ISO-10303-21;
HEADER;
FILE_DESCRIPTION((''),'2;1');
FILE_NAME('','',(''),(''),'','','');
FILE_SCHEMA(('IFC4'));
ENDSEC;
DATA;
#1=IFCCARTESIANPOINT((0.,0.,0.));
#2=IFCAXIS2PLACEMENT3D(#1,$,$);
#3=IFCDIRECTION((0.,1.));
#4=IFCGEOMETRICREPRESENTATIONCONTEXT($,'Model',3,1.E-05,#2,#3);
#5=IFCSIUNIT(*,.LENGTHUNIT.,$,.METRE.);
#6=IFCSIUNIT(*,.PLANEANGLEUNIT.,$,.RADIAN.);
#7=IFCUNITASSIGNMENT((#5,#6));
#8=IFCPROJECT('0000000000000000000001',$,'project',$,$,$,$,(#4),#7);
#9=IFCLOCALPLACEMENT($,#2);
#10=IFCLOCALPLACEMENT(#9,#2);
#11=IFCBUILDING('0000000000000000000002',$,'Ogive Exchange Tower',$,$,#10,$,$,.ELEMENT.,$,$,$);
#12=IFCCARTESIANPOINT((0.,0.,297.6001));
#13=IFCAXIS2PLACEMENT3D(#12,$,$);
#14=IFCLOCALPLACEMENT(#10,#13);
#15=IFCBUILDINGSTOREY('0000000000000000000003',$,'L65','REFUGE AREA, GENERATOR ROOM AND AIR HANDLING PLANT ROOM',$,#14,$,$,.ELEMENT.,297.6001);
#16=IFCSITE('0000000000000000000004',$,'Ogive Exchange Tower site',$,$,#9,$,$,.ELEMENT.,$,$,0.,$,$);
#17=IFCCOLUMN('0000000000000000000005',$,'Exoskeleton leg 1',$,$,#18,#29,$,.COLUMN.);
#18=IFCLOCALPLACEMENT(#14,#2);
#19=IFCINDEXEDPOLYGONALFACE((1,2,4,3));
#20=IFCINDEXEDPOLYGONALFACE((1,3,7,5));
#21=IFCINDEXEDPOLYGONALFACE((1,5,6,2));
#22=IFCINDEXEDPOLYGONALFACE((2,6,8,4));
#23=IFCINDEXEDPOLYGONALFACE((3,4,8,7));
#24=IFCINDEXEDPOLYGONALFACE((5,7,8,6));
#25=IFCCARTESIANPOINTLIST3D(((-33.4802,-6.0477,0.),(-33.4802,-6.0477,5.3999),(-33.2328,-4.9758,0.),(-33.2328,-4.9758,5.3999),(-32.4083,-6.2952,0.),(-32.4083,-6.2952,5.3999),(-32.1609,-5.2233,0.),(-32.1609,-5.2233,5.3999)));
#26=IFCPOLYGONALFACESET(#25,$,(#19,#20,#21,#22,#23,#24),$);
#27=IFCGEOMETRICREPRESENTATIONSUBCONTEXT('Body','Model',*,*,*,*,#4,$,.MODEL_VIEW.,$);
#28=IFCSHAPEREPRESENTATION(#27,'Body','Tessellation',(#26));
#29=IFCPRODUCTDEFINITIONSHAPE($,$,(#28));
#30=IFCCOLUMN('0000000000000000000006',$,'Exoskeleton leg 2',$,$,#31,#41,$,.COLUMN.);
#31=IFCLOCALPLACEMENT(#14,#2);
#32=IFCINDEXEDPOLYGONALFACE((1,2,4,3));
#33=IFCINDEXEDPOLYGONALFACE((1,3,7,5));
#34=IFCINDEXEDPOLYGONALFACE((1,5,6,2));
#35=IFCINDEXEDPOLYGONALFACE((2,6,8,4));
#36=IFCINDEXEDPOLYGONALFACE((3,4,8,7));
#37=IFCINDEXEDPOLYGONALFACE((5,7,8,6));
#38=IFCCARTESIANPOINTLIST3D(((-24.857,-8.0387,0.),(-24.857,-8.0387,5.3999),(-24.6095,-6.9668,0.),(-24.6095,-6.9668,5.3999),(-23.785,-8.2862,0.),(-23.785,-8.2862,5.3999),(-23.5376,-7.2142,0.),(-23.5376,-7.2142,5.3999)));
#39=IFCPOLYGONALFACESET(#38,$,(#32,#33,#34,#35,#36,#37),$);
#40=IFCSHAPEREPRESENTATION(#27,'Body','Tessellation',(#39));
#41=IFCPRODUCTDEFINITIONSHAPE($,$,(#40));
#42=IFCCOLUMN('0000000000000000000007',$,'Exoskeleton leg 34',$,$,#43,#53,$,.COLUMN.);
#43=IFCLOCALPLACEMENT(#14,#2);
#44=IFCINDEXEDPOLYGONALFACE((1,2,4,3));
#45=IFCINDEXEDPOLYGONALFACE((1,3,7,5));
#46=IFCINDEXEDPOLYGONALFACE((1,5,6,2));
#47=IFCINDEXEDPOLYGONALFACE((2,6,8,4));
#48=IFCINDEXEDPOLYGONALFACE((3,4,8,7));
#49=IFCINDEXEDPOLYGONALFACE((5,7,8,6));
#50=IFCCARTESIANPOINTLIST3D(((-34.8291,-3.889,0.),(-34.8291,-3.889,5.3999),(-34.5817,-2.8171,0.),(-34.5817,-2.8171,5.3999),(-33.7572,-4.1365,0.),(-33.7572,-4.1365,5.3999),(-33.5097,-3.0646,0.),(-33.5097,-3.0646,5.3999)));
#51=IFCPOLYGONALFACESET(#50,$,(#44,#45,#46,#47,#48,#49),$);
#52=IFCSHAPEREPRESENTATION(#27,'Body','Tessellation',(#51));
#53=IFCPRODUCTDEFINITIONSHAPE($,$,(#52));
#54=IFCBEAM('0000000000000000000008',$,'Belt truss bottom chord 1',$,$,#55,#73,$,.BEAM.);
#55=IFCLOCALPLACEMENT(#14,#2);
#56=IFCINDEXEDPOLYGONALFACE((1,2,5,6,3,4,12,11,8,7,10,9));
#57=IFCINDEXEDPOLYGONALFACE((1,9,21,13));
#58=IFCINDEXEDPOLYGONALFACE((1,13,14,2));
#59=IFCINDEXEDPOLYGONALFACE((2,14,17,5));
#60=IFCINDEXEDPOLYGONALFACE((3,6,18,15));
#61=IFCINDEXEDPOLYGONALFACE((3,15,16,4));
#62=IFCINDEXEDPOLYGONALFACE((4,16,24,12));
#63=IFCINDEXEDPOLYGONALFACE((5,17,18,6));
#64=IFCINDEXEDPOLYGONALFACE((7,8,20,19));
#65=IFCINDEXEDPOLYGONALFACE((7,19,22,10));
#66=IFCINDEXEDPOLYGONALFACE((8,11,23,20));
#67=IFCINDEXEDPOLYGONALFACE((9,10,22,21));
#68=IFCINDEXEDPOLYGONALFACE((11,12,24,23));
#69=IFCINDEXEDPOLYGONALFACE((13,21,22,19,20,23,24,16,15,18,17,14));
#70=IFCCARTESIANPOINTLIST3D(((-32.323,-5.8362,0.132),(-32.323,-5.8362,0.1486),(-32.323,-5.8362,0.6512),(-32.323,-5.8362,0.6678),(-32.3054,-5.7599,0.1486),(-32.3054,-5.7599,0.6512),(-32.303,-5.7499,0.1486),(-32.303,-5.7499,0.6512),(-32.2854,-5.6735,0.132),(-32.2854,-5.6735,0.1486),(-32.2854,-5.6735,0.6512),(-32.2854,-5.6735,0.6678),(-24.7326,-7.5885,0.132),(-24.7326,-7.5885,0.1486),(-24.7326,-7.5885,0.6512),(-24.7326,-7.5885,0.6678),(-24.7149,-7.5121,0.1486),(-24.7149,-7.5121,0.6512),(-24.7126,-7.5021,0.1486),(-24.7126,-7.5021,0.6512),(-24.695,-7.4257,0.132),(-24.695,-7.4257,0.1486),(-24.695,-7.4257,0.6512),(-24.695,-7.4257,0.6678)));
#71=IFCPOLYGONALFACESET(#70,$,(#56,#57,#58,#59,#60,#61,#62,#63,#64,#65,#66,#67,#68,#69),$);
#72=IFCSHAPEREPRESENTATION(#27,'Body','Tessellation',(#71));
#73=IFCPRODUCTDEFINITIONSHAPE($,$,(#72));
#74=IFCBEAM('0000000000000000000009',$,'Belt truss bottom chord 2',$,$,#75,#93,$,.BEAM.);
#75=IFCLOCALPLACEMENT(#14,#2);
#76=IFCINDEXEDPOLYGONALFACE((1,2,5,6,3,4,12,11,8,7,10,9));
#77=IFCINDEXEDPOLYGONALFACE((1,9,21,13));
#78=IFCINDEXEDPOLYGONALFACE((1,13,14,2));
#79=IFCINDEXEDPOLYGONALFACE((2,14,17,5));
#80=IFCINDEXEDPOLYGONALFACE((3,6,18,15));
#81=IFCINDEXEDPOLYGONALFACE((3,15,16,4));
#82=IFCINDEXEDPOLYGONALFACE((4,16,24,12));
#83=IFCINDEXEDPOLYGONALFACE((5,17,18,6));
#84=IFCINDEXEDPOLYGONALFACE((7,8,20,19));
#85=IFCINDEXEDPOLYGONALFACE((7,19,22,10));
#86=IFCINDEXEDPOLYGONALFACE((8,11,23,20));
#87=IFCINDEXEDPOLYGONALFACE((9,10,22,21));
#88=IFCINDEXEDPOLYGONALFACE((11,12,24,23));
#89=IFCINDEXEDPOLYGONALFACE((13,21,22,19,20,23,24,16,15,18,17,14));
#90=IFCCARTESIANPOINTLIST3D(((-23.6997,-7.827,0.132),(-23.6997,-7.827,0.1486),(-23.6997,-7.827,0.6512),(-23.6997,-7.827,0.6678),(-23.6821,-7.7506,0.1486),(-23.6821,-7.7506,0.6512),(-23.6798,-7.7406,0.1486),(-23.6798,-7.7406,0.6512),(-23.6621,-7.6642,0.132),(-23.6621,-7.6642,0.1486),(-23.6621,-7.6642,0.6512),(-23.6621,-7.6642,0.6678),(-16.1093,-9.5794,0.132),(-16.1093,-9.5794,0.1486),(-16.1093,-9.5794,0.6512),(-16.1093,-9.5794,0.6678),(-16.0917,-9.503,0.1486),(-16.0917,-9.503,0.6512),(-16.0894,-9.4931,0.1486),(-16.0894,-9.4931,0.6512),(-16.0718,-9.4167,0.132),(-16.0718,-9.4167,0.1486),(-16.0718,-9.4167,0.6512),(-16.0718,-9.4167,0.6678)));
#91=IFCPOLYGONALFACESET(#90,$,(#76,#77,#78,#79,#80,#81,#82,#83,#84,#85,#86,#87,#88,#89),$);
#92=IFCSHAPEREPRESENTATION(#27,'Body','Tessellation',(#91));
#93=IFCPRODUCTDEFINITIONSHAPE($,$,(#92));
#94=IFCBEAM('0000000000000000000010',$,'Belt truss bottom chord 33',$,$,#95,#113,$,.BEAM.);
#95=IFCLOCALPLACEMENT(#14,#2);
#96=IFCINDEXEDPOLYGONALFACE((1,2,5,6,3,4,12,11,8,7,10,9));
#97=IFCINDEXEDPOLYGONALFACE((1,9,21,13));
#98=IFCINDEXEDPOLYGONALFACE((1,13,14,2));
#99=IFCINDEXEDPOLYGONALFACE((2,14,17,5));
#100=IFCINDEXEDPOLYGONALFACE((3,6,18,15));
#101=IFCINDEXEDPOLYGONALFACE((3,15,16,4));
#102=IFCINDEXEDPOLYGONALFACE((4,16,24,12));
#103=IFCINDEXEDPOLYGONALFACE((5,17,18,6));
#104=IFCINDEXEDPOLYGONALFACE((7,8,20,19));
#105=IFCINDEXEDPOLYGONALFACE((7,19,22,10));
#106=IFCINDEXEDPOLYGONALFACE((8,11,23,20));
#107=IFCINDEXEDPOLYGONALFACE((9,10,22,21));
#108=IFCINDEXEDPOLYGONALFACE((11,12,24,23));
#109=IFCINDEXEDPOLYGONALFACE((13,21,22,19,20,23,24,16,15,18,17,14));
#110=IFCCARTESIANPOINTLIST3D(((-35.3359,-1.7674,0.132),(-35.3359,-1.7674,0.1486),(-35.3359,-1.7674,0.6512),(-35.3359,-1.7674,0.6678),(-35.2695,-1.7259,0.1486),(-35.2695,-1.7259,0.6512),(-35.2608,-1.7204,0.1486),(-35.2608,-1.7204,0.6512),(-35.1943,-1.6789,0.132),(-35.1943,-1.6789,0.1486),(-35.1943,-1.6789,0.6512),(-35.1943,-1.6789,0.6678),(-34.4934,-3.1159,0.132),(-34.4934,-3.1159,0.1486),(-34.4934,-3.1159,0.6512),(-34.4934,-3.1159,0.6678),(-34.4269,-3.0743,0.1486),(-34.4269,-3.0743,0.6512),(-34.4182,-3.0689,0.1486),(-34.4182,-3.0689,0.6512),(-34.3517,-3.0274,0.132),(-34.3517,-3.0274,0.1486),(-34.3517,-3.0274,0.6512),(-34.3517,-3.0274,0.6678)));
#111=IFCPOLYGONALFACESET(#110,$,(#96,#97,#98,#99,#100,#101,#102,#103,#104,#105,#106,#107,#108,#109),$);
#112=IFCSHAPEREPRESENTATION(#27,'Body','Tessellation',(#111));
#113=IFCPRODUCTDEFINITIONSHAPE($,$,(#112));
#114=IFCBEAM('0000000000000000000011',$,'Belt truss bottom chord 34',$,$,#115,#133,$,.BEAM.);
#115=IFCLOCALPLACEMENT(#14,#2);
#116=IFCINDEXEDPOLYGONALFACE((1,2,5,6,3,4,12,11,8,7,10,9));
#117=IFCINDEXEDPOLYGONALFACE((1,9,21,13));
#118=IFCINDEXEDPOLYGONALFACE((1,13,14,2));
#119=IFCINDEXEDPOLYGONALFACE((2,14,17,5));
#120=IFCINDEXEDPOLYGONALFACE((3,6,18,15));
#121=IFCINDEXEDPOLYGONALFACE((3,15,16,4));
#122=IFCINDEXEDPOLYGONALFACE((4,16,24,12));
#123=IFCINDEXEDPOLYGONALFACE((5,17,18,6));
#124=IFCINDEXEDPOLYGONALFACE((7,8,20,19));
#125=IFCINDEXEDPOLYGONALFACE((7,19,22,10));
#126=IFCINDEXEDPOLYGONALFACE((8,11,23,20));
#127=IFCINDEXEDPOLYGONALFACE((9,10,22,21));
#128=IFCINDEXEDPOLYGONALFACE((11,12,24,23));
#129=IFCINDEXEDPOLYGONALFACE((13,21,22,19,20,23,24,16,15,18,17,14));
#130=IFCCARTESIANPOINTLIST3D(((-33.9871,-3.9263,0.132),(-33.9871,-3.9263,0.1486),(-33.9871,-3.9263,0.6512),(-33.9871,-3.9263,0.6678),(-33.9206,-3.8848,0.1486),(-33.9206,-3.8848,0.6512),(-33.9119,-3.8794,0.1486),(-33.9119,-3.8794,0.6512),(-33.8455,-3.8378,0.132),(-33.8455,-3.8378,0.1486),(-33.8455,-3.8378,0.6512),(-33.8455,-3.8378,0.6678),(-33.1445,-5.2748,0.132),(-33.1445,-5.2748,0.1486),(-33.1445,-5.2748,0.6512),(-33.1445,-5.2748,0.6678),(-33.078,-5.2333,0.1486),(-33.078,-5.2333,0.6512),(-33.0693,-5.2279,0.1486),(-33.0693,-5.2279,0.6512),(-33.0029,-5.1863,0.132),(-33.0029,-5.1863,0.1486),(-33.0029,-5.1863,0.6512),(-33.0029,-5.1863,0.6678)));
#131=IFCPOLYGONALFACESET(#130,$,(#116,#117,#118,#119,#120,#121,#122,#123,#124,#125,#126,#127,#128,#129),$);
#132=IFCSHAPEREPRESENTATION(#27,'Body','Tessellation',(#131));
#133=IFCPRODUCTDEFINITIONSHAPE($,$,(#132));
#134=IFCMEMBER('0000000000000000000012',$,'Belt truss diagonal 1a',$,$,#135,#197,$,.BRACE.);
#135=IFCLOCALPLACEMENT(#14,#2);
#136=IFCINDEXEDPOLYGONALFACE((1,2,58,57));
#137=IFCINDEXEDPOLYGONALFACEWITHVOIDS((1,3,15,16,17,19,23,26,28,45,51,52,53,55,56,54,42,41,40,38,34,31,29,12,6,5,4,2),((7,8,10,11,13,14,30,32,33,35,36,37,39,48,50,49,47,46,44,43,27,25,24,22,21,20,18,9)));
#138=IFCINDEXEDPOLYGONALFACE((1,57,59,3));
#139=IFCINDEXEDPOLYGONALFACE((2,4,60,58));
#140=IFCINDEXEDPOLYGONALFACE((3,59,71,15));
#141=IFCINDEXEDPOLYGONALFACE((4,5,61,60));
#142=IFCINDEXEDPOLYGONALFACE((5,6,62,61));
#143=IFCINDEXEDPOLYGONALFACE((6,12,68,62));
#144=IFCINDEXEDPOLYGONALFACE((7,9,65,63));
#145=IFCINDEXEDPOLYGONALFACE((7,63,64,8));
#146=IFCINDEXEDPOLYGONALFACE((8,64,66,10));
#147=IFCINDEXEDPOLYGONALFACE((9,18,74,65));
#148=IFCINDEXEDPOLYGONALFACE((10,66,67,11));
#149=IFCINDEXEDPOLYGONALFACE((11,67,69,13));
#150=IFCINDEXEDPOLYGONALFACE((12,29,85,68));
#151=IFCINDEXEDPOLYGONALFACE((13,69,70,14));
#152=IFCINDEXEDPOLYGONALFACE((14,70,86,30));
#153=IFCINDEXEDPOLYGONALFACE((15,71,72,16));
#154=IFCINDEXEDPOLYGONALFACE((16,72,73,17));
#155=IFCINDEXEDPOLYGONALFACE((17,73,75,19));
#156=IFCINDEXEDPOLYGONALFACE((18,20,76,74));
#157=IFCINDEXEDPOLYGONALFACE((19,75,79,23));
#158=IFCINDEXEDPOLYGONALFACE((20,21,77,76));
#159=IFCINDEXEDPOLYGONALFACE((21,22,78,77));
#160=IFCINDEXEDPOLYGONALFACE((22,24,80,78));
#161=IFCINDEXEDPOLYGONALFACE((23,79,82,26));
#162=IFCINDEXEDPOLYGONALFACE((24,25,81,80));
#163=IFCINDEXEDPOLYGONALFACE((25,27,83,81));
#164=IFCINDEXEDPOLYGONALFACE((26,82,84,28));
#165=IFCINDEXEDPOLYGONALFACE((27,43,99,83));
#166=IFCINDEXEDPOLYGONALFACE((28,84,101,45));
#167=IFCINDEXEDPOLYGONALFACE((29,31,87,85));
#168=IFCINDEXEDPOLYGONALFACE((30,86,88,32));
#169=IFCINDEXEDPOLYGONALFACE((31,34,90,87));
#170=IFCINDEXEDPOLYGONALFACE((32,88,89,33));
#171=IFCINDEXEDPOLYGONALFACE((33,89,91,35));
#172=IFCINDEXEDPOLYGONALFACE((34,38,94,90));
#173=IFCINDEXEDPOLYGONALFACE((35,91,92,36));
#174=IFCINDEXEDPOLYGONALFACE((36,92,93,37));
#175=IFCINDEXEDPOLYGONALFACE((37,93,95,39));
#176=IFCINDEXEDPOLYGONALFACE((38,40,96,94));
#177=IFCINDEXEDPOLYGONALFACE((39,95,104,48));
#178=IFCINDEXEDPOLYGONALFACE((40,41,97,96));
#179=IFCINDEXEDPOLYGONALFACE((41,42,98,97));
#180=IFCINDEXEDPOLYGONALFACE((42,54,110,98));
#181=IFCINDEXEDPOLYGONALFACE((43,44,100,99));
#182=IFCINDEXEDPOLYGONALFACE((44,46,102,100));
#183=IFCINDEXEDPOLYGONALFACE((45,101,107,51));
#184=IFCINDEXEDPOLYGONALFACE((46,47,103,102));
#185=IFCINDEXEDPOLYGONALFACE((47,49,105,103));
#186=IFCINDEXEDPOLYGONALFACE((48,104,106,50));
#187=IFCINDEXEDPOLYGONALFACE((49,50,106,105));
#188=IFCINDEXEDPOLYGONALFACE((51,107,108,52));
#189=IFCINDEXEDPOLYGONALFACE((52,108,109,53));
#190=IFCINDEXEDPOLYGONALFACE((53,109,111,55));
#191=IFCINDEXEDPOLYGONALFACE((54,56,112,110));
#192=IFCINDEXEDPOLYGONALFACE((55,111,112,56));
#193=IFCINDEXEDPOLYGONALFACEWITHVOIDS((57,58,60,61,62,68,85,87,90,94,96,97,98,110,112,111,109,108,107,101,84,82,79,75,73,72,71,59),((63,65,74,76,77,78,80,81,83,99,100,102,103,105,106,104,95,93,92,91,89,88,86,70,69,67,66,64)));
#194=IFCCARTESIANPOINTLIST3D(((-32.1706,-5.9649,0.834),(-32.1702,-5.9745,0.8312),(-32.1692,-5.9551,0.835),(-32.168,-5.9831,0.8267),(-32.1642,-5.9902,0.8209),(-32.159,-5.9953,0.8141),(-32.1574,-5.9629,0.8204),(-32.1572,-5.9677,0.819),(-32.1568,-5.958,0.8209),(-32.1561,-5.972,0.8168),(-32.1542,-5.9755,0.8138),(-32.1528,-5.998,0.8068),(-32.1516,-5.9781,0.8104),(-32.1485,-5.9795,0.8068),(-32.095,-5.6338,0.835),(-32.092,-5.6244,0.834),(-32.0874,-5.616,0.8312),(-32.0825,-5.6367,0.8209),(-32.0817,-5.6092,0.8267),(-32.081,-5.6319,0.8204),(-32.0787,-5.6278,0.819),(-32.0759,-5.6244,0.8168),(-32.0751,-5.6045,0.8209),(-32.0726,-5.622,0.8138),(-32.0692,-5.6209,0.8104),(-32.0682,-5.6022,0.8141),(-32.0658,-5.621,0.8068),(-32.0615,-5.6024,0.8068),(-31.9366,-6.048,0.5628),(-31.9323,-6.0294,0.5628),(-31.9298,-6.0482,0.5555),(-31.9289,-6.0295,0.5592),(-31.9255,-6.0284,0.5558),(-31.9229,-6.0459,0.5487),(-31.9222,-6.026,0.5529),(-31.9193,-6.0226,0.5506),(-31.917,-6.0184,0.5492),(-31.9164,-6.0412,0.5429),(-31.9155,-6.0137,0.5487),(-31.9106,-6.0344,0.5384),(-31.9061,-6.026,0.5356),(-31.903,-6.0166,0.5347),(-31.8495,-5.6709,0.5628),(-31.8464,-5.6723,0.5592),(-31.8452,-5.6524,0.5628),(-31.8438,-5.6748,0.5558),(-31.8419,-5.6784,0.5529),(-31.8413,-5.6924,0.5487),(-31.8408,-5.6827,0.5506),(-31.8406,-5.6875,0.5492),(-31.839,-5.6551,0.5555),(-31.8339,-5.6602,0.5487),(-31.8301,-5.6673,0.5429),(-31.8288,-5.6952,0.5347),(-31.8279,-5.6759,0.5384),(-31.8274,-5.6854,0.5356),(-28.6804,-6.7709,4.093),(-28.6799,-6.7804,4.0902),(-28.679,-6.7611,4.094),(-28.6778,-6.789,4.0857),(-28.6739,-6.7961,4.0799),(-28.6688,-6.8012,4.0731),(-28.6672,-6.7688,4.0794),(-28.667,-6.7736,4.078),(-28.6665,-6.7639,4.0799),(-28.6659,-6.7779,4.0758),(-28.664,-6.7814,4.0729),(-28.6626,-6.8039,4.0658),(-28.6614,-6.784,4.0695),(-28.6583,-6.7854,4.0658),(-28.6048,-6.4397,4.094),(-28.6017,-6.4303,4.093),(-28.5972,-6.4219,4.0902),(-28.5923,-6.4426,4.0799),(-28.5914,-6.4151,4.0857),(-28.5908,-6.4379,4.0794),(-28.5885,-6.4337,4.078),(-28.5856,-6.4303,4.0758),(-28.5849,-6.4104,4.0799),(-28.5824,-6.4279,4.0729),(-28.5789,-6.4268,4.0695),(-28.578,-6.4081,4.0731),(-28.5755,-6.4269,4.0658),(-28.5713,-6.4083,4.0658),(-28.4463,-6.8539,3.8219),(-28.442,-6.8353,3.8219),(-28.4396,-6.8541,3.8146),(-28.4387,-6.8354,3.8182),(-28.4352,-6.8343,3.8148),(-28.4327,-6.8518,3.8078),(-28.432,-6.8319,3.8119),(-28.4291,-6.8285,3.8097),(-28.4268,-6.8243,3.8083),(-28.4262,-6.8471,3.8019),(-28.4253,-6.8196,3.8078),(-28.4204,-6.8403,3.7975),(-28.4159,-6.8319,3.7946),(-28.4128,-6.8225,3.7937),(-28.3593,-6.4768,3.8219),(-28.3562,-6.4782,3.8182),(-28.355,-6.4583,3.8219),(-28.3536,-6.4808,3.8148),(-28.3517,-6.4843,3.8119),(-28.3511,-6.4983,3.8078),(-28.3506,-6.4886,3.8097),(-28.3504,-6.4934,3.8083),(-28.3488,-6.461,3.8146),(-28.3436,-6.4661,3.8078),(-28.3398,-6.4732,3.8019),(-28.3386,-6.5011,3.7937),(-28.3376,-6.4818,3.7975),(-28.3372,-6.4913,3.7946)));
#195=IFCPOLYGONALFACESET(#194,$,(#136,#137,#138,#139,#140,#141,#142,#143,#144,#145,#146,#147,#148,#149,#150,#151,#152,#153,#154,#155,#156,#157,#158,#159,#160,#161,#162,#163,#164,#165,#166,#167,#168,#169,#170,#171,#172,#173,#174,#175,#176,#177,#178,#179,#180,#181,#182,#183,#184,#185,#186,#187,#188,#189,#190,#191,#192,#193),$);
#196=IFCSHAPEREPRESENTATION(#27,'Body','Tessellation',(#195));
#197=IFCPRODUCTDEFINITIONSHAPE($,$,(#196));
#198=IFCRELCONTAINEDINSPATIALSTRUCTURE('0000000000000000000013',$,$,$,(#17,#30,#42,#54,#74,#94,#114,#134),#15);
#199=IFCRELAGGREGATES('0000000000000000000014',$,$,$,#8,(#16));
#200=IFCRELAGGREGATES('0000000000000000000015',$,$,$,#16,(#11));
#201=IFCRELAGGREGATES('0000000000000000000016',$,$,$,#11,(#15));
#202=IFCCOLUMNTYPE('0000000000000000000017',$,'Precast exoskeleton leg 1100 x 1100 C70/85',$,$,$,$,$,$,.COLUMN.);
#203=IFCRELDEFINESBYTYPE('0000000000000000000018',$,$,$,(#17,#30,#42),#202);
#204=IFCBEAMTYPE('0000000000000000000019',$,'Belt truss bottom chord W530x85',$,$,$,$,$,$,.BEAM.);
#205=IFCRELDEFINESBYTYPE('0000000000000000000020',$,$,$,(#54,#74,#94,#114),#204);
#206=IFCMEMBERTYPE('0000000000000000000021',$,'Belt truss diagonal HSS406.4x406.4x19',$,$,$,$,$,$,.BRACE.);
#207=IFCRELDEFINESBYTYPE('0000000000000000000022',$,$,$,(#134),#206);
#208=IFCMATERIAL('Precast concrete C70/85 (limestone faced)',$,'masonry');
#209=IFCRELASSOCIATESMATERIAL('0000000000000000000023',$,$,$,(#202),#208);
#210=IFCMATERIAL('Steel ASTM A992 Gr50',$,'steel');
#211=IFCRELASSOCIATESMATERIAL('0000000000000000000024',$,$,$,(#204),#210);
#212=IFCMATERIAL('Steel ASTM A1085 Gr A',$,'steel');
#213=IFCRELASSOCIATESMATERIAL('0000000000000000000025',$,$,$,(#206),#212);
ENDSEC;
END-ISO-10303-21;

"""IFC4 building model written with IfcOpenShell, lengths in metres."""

from ifc_helpers import new_model, si_unit, direction, frame, origin, origin_2d, place, context, subcontext, project, spatial, rectangle, hollow_rectangle, i_section, extrude, material, material_profile, profile_set, type_object, element, save


model = new_model("IFC4")

# Units and contexts
model_context = context("Model", 3, precision=1e-05, world=origin(), true_north=direction((0.0, 1.0)))
body_context = subcontext(model_context, "Body", "Model", "MODEL_VIEW")
ifc_project = project(units=[si_unit("LENGTHUNIT", "METRE"), si_unit("PLANEANGLEUNIT", "RADIAN")], contexts=[model_context])

# Site, building, storey
site_placement = place(None, origin())
site = spatial("IfcSite", under=ifc_project, at=site_placement, Name="Ogive Exchange Tower site", CompositionType="ELEMENT", RefElevation=0.0)
building_placement = place(site_placement, origin())
building = spatial("IfcBuilding", under=site, at=building_placement, Name="Ogive Exchange Tower", CompositionType="ELEMENT")
storey_placement = place(building_placement, frame((0.0, 0.0, 297.6001)))
storey = spatial("IfcBuildingStorey", under=building, at=storey_placement, Name="L65", Description="REFUGE AREA, GENERATOR ROOM AND AIR HANDLING PLANT ROOM", CompositionType="ELEMENT", Elevation=297.6001)

# Columns
ifc_material_1 = material(Name="Precast concrete C70/85 (limestone faced)", Category="masonry")
ifc_material_profile_1 = material_profile(ifc_material_1, rectangle(XDim=1.1001, YDim=1.1001, at=origin_2d()), Name="1100 x 1100")
ifc_profile_set_1 = profile_set([ifc_material_profile_1], Name="Precast concrete C70/85 (limestone faced)")
column_type = type_object("IfcColumnType", Name="Precast exoskeleton leg 1100 x 1100 C70/85", PredefinedType="COLUMN", material=ifc_profile_set_1)
for number, where, z_axis, x_axis, name in (
    (1, (-32.8206, -5.6355, 0.0), (0.0, 0.0, 1.0), (0.97437, -0.224951, 0.0), "Exoskeleton leg 1"),
    (2, (-24.1973, -7.6265, 0.0), (0.0, 0.0, 1.0), (0.97437, -0.224951, 0.0), "Exoskeleton leg 2"),
    (3, (-34.1694, -3.4768, 0.0), (0.0, 0.0, 1.0), (0.97437, -0.224951, 0.0), "Exoskeleton leg 34"),
):
    element("IfcColumn", number, at=place(storey_placement, frame(where, z_axis=z_axis, x_axis=x_axis)), inside=storey, type_object=column_type, Name=name, PredefinedType="COLUMN", context=body_context, shape_type="SweptSolid", body=[
        extrude(rectangle(XDim=1.1001, YDim=1.1001, at=origin_2d()), origin(), (0.0, 0.0, 1.0), 5.3999),
    ])

# Beams
ifc_material_2 = material(Name="Steel ASTM A992 Gr50", Category="steel")
ifc_material_profile_2 = material_profile(ifc_material_2, i_section(OverallWidth=0.167, OverallDepth=0.5359, WebThickness=0.0103, FlangeThickness=0.0166, at=origin_2d()), Name="W530x85")
ifc_profile_set_2 = profile_set([ifc_material_profile_2], Name="Steel ASTM A992 Gr50")
beam_type_1 = type_object("IfcBeamType", Name="Belt truss bottom chord W530x85", PredefinedType="BEAM", material=ifc_profile_set_2)
for number, where, z_axis, x_axis, name in (
    (4, (-32.3042, -5.7549, 0.3999), (0.974375, -0.22493, 0.0), (0.22493, 0.974375, 0.0), "Belt truss bottom chord 1"),
    (5, (-23.6809, -7.7456, 0.3999), (0.974368, -0.22496, 0.0), (0.22496, 0.974368, 0.0), "Belt truss bottom chord 2"),
):
    element("IfcBeam", number, at=place(storey_placement, frame(where, z_axis=z_axis, x_axis=x_axis)), inside=storey, type_object=beam_type_1, Name=name, PredefinedType="BEAM", context=body_context, shape_type="SweptSolid", body=[
        extrude(i_section(OverallWidth=0.167, OverallDepth=0.5359, WebThickness=0.0103, FlangeThickness=0.0166, at=origin_2d()), origin(), (0.0, 0.0, 1.0), 7.79),
    ])
for number, where, z_axis, x_axis, name in (
    (6, (-35.2651, -1.7231, 0.3999), (0.529902, -0.848059, 0.0), (0.848059, 0.529902, 0.0), "Belt truss bottom chord 33"),
    (7, (-33.9163, -3.8821, 0.3999), (0.529902, -0.848059, 0.0), (0.848059, 0.529902, 0.0), "Belt truss bottom chord 34"),
):
    element("IfcBeam", number, at=place(storey_placement, frame(where, z_axis=z_axis, x_axis=x_axis)), inside=storey, type_object=beam_type_1, Name=name, PredefinedType="BEAM", context=body_context, shape_type="SweptSolid", body=[
        extrude(i_section(OverallWidth=0.167, OverallDepth=0.5359, WebThickness=0.0103, FlangeThickness=0.0166, at=origin_2d()), origin(), (0.0, 0.0, 1.0), 1.5901),
    ])

# Member
ifc_material_3 = material(Name="Steel ASTM A1085 Gr A", Category="steel")
ifc_material_profile_3 = material_profile(ifc_material_3, hollow_rectangle(XDim=0.406, YDim=0.406, WallThickness=0.019, InnerFilletRadius=0.019, OuterFilletRadius=0.0381, at=origin_2d()), Name="HSS406.4x406.4x19")
ifc_profile_set_3 = profile_set([ifc_material_profile_3], Name="Steel ASTM A1085 Gr A")
member_type_1 = type_object("IfcMemberType", Name="Belt truss diagonal HSS406.4x406.4x19", PredefinedType="BRACE", material=ifc_profile_set_3)
member_1_placement = place(storey_placement, frame((-31.999, -5.8252, 0.6848), z_axis=(0.720709, -0.166414, 0.672967), x_axis=(0.224984, 0.974362, 0.0)))
element("IfcMember", 8, at=member_1_placement, inside=storey, type_object=member_type_1, Name="Belt truss diagonal 1a", PredefinedType="BRACE", context=body_context, shape_type="SweptSolid", body=[
    extrude(hollow_rectangle(XDim=0.406, YDim=0.406, WallThickness=0.019, InnerFilletRadius=0.019, OuterFilletRadius=0.0381, at=origin_2d()), origin(), (0.0, 0.0, 1.0), 4.8428),
])

save(model, "model.ifc")
